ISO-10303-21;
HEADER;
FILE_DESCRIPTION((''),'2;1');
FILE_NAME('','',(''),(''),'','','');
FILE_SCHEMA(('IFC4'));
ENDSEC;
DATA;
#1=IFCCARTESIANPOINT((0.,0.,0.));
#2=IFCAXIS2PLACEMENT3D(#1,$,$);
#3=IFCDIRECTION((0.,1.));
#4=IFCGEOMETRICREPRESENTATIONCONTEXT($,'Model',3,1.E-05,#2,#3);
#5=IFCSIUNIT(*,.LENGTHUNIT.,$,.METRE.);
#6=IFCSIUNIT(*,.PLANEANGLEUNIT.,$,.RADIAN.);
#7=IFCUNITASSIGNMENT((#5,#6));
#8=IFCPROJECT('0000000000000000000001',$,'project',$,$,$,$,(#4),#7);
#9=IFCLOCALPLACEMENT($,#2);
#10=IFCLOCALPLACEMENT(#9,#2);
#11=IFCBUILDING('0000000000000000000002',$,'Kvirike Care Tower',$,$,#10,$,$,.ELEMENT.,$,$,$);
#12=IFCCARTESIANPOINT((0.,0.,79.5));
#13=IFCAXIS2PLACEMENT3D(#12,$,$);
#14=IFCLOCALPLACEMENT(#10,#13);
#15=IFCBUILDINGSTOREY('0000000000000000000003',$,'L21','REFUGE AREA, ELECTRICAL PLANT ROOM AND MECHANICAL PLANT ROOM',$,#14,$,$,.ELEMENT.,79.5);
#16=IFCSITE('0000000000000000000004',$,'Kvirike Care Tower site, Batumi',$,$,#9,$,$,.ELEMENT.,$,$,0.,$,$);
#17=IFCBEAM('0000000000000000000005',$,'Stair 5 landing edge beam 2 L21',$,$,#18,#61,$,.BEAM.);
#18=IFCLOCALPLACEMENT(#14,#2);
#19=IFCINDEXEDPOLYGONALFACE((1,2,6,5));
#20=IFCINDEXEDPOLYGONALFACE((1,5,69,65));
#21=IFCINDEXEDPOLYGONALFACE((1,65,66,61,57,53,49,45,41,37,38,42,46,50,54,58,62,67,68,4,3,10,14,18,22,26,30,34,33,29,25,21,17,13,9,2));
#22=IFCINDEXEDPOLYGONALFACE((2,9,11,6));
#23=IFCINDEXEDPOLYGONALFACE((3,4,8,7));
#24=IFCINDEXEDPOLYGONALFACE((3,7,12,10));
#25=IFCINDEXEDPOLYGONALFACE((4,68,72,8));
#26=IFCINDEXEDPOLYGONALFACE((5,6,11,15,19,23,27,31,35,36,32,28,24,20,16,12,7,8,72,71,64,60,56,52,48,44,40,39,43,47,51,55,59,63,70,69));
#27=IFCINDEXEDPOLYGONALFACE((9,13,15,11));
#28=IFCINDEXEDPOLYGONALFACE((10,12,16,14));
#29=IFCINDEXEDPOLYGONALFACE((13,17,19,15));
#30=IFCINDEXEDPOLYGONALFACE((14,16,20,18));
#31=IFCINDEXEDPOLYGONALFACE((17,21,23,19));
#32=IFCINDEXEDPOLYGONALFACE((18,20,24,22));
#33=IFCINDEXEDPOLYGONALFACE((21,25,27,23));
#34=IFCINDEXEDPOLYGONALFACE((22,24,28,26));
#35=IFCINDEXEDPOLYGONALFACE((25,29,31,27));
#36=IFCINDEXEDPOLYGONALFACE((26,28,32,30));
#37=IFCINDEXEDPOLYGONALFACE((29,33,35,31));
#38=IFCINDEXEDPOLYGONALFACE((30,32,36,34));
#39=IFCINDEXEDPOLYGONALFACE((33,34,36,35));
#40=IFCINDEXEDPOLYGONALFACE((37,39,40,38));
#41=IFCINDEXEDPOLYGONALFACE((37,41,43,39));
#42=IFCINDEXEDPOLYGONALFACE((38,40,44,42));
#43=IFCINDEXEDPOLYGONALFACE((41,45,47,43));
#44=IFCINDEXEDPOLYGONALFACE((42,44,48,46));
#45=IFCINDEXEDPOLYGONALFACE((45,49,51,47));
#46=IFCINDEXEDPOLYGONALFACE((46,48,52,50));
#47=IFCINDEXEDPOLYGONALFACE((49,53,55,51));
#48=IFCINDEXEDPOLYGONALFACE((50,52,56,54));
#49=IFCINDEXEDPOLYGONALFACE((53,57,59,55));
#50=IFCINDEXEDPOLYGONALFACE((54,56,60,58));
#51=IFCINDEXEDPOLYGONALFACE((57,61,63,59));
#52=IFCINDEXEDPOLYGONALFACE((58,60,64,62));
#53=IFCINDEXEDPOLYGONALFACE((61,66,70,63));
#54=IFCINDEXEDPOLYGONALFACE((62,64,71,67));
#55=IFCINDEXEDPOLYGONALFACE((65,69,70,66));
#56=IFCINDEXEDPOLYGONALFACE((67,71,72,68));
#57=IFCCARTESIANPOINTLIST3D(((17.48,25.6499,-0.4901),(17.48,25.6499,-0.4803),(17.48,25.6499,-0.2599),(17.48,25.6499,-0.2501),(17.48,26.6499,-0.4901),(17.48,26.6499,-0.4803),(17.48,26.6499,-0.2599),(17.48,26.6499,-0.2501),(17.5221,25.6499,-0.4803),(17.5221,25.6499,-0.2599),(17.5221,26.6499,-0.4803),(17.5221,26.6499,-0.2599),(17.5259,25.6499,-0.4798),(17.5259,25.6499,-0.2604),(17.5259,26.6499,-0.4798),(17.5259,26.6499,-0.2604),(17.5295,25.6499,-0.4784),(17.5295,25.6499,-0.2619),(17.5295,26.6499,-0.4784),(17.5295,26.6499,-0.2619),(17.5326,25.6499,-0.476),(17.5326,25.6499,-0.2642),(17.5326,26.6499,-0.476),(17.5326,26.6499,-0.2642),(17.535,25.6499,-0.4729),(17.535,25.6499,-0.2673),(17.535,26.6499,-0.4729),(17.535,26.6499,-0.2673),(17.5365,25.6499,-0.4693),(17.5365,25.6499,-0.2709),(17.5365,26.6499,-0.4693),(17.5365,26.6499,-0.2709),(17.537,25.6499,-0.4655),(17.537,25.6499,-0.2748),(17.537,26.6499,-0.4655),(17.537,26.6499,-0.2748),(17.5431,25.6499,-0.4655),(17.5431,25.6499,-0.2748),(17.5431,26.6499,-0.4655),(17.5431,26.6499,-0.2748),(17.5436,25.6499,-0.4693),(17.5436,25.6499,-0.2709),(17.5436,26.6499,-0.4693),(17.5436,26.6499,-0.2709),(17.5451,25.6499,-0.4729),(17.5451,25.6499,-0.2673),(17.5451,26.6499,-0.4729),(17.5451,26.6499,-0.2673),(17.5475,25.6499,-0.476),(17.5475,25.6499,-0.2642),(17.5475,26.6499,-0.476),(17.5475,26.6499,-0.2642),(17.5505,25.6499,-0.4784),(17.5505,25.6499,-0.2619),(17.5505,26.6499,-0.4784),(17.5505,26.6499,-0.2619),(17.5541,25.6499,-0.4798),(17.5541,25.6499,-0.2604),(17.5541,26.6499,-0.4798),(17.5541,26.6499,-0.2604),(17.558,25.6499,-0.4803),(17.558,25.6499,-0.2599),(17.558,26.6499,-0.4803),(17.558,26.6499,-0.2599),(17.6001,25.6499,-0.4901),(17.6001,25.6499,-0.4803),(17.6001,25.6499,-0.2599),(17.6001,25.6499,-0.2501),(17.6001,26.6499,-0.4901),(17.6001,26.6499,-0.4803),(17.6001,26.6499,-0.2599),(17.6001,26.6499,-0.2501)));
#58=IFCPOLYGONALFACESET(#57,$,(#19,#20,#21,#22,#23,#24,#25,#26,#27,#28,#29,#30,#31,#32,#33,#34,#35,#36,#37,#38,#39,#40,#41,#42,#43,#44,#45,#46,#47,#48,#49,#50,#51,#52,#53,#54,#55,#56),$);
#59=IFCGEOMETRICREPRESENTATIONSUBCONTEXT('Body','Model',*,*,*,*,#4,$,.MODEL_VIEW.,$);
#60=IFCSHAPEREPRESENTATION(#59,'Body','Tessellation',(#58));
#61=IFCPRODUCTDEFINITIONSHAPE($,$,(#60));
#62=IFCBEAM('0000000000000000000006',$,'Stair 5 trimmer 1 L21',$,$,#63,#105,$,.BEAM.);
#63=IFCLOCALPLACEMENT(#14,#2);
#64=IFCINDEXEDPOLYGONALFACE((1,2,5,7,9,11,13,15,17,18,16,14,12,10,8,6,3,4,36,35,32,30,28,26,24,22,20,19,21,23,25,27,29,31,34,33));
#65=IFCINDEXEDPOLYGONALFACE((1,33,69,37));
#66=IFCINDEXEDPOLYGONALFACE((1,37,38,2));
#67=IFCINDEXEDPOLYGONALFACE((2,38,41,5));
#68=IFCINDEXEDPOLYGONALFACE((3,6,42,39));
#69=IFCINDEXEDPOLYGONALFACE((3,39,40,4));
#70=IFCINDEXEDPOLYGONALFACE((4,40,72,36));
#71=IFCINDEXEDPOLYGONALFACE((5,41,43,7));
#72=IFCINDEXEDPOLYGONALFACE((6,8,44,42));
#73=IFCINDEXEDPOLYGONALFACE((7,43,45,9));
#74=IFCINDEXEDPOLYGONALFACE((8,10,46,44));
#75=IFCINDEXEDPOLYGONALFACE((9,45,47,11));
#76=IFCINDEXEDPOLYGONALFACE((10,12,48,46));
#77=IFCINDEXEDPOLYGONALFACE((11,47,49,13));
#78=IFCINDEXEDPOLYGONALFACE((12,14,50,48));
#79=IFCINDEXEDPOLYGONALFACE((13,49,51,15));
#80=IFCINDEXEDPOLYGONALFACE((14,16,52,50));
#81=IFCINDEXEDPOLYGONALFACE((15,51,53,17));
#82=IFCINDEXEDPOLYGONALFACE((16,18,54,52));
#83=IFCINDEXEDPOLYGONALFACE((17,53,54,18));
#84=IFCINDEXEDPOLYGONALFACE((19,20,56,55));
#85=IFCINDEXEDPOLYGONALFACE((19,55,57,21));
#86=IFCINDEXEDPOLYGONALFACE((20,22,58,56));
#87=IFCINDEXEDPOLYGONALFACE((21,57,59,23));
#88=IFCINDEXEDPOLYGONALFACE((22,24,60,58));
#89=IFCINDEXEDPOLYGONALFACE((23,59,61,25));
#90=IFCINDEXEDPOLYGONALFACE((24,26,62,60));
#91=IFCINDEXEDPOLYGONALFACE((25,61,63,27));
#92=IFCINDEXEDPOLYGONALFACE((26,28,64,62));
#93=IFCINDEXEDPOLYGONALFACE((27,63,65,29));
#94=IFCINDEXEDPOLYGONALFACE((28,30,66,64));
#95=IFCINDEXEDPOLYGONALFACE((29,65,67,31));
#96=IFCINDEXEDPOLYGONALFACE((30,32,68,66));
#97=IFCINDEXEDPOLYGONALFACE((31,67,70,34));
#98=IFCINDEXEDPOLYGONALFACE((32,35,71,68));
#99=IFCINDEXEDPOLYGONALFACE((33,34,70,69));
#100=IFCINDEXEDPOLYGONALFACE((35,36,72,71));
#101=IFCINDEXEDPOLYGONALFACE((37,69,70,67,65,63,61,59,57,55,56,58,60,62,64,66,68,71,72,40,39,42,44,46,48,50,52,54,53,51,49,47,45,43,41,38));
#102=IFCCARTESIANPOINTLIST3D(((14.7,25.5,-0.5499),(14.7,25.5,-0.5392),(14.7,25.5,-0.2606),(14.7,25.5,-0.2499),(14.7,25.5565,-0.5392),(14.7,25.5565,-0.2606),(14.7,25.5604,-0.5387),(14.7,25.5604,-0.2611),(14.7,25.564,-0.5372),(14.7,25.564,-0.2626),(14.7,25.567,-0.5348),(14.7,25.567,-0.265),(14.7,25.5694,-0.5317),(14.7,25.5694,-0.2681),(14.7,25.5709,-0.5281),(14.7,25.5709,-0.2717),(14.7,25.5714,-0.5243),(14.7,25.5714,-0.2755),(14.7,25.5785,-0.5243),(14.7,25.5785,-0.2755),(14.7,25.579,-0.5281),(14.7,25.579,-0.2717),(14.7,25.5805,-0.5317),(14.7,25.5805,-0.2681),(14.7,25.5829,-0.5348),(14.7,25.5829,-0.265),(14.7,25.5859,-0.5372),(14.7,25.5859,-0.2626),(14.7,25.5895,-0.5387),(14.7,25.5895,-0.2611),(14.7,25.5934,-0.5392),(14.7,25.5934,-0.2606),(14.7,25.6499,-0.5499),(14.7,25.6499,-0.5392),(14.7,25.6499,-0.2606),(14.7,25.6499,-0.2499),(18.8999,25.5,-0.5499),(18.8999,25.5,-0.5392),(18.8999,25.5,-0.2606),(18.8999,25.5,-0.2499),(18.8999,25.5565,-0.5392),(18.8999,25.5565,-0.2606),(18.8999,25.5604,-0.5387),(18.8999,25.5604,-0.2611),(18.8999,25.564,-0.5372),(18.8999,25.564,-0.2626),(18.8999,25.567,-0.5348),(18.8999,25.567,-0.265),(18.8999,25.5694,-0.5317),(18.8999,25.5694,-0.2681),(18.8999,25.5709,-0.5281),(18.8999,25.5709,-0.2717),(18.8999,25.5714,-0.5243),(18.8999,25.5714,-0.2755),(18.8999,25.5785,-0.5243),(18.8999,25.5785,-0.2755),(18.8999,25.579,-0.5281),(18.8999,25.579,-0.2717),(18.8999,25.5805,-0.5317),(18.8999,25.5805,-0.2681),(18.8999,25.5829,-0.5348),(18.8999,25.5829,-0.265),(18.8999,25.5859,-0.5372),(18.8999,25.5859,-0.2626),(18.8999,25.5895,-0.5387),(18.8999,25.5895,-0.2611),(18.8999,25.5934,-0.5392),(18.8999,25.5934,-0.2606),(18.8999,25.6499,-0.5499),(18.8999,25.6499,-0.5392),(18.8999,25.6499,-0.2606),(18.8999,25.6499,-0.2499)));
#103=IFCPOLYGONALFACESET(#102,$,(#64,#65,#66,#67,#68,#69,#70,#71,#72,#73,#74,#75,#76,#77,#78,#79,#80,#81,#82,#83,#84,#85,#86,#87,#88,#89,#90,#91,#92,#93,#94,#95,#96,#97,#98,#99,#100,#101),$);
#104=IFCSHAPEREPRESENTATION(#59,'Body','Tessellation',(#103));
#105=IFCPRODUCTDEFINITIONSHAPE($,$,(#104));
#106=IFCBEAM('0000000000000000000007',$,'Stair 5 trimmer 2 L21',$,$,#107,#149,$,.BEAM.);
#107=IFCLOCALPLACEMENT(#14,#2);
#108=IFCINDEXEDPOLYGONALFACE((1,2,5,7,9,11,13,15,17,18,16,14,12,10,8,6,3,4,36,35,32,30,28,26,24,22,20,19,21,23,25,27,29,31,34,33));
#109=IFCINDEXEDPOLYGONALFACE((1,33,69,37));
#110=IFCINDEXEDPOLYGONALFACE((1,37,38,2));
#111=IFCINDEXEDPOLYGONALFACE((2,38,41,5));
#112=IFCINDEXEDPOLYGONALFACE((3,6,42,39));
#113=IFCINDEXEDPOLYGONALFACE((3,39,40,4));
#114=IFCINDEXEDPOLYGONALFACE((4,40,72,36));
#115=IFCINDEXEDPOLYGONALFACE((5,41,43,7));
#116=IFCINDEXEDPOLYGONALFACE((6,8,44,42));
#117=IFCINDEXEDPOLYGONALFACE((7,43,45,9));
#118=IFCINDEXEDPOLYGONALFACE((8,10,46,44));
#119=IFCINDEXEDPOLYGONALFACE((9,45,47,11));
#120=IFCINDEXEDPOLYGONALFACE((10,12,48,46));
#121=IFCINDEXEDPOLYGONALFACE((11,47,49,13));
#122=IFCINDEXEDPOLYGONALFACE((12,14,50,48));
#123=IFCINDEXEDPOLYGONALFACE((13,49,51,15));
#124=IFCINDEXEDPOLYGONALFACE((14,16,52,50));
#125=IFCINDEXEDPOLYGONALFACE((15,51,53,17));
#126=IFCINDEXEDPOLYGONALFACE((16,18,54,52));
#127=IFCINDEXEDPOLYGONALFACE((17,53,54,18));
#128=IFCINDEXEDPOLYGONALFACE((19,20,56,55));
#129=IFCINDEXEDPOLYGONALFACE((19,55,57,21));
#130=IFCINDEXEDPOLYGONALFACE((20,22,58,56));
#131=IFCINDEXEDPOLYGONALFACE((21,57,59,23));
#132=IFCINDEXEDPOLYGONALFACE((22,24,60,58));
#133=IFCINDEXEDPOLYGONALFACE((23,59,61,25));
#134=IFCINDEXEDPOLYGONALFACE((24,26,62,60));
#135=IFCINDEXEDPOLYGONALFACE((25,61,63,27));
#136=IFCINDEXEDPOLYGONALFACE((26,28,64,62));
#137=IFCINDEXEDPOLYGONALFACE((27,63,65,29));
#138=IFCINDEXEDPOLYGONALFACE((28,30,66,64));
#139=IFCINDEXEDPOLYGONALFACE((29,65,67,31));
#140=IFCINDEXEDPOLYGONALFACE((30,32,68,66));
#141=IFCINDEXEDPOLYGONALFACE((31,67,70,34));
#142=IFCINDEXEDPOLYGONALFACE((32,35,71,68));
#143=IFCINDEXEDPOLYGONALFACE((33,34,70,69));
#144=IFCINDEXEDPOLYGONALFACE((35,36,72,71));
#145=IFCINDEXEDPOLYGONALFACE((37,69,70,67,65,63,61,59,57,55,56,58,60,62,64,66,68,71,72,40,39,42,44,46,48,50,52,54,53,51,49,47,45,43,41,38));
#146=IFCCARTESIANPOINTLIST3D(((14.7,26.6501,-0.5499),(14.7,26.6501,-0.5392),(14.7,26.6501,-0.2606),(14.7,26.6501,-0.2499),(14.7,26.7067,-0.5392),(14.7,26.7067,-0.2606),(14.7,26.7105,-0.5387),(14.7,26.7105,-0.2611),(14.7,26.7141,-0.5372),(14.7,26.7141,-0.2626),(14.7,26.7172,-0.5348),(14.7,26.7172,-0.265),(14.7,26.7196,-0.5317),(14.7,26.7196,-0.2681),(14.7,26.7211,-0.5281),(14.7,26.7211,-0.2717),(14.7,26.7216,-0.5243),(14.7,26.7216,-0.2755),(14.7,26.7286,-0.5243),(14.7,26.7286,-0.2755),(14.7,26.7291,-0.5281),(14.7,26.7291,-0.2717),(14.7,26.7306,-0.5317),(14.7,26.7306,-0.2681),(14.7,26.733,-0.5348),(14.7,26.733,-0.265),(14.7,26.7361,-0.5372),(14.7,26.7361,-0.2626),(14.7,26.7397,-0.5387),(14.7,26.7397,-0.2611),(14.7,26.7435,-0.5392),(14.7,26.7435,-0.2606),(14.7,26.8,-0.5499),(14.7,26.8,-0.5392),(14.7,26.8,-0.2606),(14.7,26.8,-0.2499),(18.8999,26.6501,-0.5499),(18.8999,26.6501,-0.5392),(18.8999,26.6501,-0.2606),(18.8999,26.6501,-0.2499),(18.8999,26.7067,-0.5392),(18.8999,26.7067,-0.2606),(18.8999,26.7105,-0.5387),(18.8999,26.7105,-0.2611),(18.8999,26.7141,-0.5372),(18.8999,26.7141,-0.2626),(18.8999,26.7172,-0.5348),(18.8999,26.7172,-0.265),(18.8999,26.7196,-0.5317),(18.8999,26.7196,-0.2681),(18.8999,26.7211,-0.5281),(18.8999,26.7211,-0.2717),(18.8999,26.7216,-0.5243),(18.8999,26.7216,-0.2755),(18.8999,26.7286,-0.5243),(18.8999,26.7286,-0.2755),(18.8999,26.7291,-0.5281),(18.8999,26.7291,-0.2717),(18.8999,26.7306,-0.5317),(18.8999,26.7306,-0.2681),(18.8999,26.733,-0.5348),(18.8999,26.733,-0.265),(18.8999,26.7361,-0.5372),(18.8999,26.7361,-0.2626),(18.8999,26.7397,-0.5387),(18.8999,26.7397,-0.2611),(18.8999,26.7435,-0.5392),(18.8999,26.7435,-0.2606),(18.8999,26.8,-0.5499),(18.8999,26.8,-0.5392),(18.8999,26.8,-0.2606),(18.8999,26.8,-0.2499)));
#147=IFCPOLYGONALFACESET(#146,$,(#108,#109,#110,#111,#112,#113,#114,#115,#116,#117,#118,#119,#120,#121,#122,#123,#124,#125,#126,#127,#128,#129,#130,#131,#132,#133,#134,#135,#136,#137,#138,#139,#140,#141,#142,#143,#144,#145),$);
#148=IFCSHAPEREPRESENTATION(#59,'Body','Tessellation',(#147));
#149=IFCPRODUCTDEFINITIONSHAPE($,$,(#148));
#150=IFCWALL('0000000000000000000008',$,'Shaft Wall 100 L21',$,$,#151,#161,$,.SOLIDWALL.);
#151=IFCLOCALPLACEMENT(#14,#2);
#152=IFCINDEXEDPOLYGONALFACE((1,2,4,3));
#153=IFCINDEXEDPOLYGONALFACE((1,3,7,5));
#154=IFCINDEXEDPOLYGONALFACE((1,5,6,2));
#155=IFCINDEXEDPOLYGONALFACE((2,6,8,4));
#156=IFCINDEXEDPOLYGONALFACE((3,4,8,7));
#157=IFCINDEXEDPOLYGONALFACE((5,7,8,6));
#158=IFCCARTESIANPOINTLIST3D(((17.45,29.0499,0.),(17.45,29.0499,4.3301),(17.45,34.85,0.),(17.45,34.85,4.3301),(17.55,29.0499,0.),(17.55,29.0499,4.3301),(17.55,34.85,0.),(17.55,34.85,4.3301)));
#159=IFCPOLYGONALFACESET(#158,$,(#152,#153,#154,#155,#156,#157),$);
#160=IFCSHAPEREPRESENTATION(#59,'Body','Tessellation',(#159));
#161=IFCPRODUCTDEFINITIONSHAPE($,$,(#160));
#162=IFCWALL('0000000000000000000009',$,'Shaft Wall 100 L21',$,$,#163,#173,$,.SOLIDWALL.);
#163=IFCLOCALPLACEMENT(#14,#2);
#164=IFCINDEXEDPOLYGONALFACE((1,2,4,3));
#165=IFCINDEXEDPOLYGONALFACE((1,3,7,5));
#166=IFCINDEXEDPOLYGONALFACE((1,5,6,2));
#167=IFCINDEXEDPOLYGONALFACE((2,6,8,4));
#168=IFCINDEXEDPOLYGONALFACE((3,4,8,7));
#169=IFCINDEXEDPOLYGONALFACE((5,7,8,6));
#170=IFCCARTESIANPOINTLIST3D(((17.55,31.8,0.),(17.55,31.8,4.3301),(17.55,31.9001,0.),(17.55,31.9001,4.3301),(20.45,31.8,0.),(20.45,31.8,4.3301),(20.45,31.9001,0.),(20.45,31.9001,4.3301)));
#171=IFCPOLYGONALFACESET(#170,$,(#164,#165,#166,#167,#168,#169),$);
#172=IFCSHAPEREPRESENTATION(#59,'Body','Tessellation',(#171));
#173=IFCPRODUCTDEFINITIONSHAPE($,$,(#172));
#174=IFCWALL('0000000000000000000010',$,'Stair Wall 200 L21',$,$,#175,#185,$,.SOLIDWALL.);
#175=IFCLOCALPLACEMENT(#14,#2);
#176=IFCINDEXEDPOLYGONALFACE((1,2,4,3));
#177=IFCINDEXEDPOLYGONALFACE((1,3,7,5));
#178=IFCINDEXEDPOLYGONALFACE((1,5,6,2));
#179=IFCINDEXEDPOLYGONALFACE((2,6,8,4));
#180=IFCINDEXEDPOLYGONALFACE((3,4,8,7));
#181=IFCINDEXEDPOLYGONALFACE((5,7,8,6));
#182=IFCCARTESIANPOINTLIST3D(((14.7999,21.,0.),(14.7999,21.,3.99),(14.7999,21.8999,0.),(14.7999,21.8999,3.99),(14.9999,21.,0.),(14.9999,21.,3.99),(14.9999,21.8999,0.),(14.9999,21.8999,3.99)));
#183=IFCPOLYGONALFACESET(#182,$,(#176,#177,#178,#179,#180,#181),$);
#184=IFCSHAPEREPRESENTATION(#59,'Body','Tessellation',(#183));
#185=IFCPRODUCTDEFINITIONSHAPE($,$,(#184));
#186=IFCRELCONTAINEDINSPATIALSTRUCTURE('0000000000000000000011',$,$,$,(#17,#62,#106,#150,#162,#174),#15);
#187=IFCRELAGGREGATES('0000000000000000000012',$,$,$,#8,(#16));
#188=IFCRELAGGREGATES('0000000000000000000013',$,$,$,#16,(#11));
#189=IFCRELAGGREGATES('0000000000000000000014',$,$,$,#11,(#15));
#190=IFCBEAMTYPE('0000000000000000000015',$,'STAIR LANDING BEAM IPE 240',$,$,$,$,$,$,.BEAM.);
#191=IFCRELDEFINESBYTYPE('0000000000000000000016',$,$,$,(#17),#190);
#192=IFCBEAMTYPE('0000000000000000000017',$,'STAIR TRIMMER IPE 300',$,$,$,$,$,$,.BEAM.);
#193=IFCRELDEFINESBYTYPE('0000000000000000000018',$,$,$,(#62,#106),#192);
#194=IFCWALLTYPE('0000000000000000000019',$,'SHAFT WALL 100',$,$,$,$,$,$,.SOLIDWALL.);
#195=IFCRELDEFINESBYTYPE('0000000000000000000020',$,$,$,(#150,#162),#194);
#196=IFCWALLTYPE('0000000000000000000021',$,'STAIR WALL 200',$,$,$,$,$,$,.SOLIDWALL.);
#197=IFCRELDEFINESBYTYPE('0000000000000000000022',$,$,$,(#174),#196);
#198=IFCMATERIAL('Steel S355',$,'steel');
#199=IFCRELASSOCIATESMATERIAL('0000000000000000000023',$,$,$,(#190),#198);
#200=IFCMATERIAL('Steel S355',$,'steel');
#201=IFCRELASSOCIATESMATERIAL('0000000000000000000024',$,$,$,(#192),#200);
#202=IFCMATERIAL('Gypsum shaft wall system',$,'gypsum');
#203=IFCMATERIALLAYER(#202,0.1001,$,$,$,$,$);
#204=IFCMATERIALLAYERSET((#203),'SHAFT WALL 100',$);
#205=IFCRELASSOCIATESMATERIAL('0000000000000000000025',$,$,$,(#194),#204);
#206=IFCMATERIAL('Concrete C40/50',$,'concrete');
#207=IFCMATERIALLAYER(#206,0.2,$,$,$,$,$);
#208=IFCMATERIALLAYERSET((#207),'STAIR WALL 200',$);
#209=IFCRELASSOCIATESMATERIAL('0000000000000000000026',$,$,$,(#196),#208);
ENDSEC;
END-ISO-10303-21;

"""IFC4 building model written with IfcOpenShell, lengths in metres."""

from ifc_helpers import new_model, si_unit, direction, frame, frame_2d, origin, origin_2d, place, context, subcontext, project, spatial, rectangle, i_section, extrude, material, layer, layer_set, material_profile, profile_set, type_object, element, save


model = new_model("IFC4")

# Units and contexts
model_context = context("Model", 3, precision=1e-05, world=origin(), true_north=direction((0.0, 1.0)))
body_context = subcontext(model_context, "Body", "Model", "MODEL_VIEW")
ifc_project = project(units=[si_unit("LENGTHUNIT", "METRE"), si_unit("PLANEANGLEUNIT", "RADIAN")], contexts=[model_context])

# Site, building, storey
site_placement = place(None, origin())
site = spatial("IfcSite", under=ifc_project, at=site_placement, Name="Kvirike Care Tower site, Batumi", CompositionType="ELEMENT", RefElevation=0.0)
building_placement = place(site_placement, origin())
building = spatial("IfcBuilding", under=site, at=building_placement, Name="Kvirike Care Tower", CompositionType="ELEMENT")
storey_placement = place(building_placement, frame((0.0, 0.0, 79.5)))
storey = spatial("IfcBuildingStorey", under=building, at=storey_placement, Name="L21", Description="REFUGE AREA, ELECTRICAL PLANT ROOM AND MECHANICAL PLANT ROOM", CompositionType="ELEMENT", Elevation=79.5)

# Beams
ifc_material_1 = material(Name="Steel S355", Category="steel")
ifc_material_profile_1 = material_profile(ifc_material_1, i_section(OverallWidth=0.1201, OverallDepth=0.24, WebThickness=0.0061, FlangeThickness=0.0098, FilletRadius=0.0149, at=origin_2d()), Name="IPE 240")
ifc_profile_set_1 = profile_set([ifc_material_profile_1], Name="Steel S355")
beam_type_1 = type_object("IfcBeamType", Name="STAIR LANDING BEAM IPE 240", PredefinedType="BEAM", material=ifc_profile_set_1)
for number, where, z_axis, x_axis, name in (
    (1, (17.54, 25.6499, -0.3701), (0.0, 1.0, 0.0), (-1.0, 0.0, 0.0), "Stair 5 landing edge beam 2 L21"),
):
    element("IfcBeam", number, at=place(storey_placement, frame(where, z_axis=z_axis, x_axis=x_axis)), inside=storey, type_object=beam_type_1, Name=name, PredefinedType="BEAM", context=body_context, shape_type="SweptSolid", body=[
        extrude(i_section(OverallWidth=0.1201, OverallDepth=0.24, WebThickness=0.0061, FlangeThickness=0.0098, FilletRadius=0.0149, at=origin_2d()), origin(), (0.0, 0.0, 1.0), 1.0),
    ])
ifc_material_2 = material(Name="Steel S355", Category="steel")
ifc_material_profile_2 = material_profile(ifc_material_2, i_section(OverallWidth=0.1499, OverallDepth=0.3, WebThickness=0.0071, FlangeThickness=0.0107, FilletRadius=0.0149, at=origin_2d()), Name="IPE 300")
ifc_profile_set_2 = profile_set([ifc_material_profile_2], Name="Steel S355")
beam_type_2 = type_object("IfcBeamType", Name="STAIR TRIMMER IPE 300", PredefinedType="BEAM", material=ifc_profile_set_2)
for number, where, z_axis, x_axis, name in (
    (2, (14.7, 25.575, -0.3999), (1.0, 0.0, 0.0), (0.0, 1.0, 0.0), "Stair 5 trimmer 1 L21"),
    (3, (14.7, 26.7251, -0.3999), (1.0, 0.0, 0.0), (0.0, 1.0, 0.0), "Stair 5 trimmer 2 L21"),
):
    element("IfcBeam", number, at=place(storey_placement, frame(where, z_axis=z_axis, x_axis=x_axis)), inside=storey, type_object=beam_type_2, Name=name, PredefinedType="BEAM", context=body_context, shape_type="SweptSolid", body=[
        extrude(i_section(OverallWidth=0.1499, OverallDepth=0.3, WebThickness=0.0071, FlangeThickness=0.0107, FilletRadius=0.0149, at=origin_2d()), origin(), (0.0, 0.0, 1.0), 4.2),
    ])

# Walls
ifc_material_3 = material(Name="Gypsum shaft wall system", Category="gypsum")
ifc_layer_1 = layer(ifc_material_3, 0.1001)
ifc_layer_set_1 = layer_set([ifc_layer_1], Name="SHAFT WALL 100")
wall_type_1 = type_object("IfcWallType", Name="SHAFT WALL 100", PredefinedType="SOLIDWALL", material=ifc_layer_set_1)
wall_1_placement = place(storey_placement, frame((17.5, 29.05, 0.0), z_axis=(0.0, 0.0, 1.0), x_axis=(0.0, 1.0, 0.0)))
element("IfcWall", 4, at=wall_1_placement, inside=storey, type_object=wall_type_1, Name="Shaft Wall 100 L21", PredefinedType="SOLIDWALL", context=body_context, shape_type="SweptSolid", body=[
    extrude(rectangle(XDim=5.8, YDim=0.1001, at=frame_2d((2.8999, 0.0))), origin(), (0.0, 0.0, 1.0), 4.3301),
])
wall_2_placement = place(storey_placement, frame((17.55, 31.8501, 0.0), z_axis=(0.0, 0.0, 1.0), x_axis=(1.0, 0.0, 0.0)))
element("IfcWall", 5, at=wall_2_placement, inside=storey, type_object=wall_type_1, Name="Shaft Wall 100 L21", PredefinedType="SOLIDWALL", context=body_context, shape_type="SweptSolid", body=[
    extrude(rectangle(XDim=2.8999, YDim=0.1001, at=frame_2d((1.45, 0.0))), origin(), (0.0, 0.0, 1.0), 4.3301),
])
ifc_material_4 = material(Name="Concrete C40/50", Category="concrete")
ifc_layer_2 = layer(ifc_material_4, 0.2)
ifc_layer_set_2 = layer_set([ifc_layer_2], Name="STAIR WALL 200")
wall_type_2 = type_object("IfcWallType", Name="STAIR WALL 200", PredefinedType="SOLIDWALL", material=ifc_layer_set_2)
wall_3_placement = place(storey_placement, frame((14.8999, 21.0, 0.0), z_axis=(0.0, 0.0, 1.0), x_axis=(0.0, 1.0, 0.0)))
element("IfcWall", 6, at=wall_3_placement, inside=storey, type_object=wall_type_2, Name="Stair Wall 200 L21", PredefinedType="SOLIDWALL", context=body_context, shape_type="SweptSolid", body=[
    extrude(rectangle(XDim=0.8999, YDim=0.2, at=frame_2d((0.45, 0.0))), origin(), (0.0, 0.0, 1.0), 3.99),
])

save(model, "model.ifc")
